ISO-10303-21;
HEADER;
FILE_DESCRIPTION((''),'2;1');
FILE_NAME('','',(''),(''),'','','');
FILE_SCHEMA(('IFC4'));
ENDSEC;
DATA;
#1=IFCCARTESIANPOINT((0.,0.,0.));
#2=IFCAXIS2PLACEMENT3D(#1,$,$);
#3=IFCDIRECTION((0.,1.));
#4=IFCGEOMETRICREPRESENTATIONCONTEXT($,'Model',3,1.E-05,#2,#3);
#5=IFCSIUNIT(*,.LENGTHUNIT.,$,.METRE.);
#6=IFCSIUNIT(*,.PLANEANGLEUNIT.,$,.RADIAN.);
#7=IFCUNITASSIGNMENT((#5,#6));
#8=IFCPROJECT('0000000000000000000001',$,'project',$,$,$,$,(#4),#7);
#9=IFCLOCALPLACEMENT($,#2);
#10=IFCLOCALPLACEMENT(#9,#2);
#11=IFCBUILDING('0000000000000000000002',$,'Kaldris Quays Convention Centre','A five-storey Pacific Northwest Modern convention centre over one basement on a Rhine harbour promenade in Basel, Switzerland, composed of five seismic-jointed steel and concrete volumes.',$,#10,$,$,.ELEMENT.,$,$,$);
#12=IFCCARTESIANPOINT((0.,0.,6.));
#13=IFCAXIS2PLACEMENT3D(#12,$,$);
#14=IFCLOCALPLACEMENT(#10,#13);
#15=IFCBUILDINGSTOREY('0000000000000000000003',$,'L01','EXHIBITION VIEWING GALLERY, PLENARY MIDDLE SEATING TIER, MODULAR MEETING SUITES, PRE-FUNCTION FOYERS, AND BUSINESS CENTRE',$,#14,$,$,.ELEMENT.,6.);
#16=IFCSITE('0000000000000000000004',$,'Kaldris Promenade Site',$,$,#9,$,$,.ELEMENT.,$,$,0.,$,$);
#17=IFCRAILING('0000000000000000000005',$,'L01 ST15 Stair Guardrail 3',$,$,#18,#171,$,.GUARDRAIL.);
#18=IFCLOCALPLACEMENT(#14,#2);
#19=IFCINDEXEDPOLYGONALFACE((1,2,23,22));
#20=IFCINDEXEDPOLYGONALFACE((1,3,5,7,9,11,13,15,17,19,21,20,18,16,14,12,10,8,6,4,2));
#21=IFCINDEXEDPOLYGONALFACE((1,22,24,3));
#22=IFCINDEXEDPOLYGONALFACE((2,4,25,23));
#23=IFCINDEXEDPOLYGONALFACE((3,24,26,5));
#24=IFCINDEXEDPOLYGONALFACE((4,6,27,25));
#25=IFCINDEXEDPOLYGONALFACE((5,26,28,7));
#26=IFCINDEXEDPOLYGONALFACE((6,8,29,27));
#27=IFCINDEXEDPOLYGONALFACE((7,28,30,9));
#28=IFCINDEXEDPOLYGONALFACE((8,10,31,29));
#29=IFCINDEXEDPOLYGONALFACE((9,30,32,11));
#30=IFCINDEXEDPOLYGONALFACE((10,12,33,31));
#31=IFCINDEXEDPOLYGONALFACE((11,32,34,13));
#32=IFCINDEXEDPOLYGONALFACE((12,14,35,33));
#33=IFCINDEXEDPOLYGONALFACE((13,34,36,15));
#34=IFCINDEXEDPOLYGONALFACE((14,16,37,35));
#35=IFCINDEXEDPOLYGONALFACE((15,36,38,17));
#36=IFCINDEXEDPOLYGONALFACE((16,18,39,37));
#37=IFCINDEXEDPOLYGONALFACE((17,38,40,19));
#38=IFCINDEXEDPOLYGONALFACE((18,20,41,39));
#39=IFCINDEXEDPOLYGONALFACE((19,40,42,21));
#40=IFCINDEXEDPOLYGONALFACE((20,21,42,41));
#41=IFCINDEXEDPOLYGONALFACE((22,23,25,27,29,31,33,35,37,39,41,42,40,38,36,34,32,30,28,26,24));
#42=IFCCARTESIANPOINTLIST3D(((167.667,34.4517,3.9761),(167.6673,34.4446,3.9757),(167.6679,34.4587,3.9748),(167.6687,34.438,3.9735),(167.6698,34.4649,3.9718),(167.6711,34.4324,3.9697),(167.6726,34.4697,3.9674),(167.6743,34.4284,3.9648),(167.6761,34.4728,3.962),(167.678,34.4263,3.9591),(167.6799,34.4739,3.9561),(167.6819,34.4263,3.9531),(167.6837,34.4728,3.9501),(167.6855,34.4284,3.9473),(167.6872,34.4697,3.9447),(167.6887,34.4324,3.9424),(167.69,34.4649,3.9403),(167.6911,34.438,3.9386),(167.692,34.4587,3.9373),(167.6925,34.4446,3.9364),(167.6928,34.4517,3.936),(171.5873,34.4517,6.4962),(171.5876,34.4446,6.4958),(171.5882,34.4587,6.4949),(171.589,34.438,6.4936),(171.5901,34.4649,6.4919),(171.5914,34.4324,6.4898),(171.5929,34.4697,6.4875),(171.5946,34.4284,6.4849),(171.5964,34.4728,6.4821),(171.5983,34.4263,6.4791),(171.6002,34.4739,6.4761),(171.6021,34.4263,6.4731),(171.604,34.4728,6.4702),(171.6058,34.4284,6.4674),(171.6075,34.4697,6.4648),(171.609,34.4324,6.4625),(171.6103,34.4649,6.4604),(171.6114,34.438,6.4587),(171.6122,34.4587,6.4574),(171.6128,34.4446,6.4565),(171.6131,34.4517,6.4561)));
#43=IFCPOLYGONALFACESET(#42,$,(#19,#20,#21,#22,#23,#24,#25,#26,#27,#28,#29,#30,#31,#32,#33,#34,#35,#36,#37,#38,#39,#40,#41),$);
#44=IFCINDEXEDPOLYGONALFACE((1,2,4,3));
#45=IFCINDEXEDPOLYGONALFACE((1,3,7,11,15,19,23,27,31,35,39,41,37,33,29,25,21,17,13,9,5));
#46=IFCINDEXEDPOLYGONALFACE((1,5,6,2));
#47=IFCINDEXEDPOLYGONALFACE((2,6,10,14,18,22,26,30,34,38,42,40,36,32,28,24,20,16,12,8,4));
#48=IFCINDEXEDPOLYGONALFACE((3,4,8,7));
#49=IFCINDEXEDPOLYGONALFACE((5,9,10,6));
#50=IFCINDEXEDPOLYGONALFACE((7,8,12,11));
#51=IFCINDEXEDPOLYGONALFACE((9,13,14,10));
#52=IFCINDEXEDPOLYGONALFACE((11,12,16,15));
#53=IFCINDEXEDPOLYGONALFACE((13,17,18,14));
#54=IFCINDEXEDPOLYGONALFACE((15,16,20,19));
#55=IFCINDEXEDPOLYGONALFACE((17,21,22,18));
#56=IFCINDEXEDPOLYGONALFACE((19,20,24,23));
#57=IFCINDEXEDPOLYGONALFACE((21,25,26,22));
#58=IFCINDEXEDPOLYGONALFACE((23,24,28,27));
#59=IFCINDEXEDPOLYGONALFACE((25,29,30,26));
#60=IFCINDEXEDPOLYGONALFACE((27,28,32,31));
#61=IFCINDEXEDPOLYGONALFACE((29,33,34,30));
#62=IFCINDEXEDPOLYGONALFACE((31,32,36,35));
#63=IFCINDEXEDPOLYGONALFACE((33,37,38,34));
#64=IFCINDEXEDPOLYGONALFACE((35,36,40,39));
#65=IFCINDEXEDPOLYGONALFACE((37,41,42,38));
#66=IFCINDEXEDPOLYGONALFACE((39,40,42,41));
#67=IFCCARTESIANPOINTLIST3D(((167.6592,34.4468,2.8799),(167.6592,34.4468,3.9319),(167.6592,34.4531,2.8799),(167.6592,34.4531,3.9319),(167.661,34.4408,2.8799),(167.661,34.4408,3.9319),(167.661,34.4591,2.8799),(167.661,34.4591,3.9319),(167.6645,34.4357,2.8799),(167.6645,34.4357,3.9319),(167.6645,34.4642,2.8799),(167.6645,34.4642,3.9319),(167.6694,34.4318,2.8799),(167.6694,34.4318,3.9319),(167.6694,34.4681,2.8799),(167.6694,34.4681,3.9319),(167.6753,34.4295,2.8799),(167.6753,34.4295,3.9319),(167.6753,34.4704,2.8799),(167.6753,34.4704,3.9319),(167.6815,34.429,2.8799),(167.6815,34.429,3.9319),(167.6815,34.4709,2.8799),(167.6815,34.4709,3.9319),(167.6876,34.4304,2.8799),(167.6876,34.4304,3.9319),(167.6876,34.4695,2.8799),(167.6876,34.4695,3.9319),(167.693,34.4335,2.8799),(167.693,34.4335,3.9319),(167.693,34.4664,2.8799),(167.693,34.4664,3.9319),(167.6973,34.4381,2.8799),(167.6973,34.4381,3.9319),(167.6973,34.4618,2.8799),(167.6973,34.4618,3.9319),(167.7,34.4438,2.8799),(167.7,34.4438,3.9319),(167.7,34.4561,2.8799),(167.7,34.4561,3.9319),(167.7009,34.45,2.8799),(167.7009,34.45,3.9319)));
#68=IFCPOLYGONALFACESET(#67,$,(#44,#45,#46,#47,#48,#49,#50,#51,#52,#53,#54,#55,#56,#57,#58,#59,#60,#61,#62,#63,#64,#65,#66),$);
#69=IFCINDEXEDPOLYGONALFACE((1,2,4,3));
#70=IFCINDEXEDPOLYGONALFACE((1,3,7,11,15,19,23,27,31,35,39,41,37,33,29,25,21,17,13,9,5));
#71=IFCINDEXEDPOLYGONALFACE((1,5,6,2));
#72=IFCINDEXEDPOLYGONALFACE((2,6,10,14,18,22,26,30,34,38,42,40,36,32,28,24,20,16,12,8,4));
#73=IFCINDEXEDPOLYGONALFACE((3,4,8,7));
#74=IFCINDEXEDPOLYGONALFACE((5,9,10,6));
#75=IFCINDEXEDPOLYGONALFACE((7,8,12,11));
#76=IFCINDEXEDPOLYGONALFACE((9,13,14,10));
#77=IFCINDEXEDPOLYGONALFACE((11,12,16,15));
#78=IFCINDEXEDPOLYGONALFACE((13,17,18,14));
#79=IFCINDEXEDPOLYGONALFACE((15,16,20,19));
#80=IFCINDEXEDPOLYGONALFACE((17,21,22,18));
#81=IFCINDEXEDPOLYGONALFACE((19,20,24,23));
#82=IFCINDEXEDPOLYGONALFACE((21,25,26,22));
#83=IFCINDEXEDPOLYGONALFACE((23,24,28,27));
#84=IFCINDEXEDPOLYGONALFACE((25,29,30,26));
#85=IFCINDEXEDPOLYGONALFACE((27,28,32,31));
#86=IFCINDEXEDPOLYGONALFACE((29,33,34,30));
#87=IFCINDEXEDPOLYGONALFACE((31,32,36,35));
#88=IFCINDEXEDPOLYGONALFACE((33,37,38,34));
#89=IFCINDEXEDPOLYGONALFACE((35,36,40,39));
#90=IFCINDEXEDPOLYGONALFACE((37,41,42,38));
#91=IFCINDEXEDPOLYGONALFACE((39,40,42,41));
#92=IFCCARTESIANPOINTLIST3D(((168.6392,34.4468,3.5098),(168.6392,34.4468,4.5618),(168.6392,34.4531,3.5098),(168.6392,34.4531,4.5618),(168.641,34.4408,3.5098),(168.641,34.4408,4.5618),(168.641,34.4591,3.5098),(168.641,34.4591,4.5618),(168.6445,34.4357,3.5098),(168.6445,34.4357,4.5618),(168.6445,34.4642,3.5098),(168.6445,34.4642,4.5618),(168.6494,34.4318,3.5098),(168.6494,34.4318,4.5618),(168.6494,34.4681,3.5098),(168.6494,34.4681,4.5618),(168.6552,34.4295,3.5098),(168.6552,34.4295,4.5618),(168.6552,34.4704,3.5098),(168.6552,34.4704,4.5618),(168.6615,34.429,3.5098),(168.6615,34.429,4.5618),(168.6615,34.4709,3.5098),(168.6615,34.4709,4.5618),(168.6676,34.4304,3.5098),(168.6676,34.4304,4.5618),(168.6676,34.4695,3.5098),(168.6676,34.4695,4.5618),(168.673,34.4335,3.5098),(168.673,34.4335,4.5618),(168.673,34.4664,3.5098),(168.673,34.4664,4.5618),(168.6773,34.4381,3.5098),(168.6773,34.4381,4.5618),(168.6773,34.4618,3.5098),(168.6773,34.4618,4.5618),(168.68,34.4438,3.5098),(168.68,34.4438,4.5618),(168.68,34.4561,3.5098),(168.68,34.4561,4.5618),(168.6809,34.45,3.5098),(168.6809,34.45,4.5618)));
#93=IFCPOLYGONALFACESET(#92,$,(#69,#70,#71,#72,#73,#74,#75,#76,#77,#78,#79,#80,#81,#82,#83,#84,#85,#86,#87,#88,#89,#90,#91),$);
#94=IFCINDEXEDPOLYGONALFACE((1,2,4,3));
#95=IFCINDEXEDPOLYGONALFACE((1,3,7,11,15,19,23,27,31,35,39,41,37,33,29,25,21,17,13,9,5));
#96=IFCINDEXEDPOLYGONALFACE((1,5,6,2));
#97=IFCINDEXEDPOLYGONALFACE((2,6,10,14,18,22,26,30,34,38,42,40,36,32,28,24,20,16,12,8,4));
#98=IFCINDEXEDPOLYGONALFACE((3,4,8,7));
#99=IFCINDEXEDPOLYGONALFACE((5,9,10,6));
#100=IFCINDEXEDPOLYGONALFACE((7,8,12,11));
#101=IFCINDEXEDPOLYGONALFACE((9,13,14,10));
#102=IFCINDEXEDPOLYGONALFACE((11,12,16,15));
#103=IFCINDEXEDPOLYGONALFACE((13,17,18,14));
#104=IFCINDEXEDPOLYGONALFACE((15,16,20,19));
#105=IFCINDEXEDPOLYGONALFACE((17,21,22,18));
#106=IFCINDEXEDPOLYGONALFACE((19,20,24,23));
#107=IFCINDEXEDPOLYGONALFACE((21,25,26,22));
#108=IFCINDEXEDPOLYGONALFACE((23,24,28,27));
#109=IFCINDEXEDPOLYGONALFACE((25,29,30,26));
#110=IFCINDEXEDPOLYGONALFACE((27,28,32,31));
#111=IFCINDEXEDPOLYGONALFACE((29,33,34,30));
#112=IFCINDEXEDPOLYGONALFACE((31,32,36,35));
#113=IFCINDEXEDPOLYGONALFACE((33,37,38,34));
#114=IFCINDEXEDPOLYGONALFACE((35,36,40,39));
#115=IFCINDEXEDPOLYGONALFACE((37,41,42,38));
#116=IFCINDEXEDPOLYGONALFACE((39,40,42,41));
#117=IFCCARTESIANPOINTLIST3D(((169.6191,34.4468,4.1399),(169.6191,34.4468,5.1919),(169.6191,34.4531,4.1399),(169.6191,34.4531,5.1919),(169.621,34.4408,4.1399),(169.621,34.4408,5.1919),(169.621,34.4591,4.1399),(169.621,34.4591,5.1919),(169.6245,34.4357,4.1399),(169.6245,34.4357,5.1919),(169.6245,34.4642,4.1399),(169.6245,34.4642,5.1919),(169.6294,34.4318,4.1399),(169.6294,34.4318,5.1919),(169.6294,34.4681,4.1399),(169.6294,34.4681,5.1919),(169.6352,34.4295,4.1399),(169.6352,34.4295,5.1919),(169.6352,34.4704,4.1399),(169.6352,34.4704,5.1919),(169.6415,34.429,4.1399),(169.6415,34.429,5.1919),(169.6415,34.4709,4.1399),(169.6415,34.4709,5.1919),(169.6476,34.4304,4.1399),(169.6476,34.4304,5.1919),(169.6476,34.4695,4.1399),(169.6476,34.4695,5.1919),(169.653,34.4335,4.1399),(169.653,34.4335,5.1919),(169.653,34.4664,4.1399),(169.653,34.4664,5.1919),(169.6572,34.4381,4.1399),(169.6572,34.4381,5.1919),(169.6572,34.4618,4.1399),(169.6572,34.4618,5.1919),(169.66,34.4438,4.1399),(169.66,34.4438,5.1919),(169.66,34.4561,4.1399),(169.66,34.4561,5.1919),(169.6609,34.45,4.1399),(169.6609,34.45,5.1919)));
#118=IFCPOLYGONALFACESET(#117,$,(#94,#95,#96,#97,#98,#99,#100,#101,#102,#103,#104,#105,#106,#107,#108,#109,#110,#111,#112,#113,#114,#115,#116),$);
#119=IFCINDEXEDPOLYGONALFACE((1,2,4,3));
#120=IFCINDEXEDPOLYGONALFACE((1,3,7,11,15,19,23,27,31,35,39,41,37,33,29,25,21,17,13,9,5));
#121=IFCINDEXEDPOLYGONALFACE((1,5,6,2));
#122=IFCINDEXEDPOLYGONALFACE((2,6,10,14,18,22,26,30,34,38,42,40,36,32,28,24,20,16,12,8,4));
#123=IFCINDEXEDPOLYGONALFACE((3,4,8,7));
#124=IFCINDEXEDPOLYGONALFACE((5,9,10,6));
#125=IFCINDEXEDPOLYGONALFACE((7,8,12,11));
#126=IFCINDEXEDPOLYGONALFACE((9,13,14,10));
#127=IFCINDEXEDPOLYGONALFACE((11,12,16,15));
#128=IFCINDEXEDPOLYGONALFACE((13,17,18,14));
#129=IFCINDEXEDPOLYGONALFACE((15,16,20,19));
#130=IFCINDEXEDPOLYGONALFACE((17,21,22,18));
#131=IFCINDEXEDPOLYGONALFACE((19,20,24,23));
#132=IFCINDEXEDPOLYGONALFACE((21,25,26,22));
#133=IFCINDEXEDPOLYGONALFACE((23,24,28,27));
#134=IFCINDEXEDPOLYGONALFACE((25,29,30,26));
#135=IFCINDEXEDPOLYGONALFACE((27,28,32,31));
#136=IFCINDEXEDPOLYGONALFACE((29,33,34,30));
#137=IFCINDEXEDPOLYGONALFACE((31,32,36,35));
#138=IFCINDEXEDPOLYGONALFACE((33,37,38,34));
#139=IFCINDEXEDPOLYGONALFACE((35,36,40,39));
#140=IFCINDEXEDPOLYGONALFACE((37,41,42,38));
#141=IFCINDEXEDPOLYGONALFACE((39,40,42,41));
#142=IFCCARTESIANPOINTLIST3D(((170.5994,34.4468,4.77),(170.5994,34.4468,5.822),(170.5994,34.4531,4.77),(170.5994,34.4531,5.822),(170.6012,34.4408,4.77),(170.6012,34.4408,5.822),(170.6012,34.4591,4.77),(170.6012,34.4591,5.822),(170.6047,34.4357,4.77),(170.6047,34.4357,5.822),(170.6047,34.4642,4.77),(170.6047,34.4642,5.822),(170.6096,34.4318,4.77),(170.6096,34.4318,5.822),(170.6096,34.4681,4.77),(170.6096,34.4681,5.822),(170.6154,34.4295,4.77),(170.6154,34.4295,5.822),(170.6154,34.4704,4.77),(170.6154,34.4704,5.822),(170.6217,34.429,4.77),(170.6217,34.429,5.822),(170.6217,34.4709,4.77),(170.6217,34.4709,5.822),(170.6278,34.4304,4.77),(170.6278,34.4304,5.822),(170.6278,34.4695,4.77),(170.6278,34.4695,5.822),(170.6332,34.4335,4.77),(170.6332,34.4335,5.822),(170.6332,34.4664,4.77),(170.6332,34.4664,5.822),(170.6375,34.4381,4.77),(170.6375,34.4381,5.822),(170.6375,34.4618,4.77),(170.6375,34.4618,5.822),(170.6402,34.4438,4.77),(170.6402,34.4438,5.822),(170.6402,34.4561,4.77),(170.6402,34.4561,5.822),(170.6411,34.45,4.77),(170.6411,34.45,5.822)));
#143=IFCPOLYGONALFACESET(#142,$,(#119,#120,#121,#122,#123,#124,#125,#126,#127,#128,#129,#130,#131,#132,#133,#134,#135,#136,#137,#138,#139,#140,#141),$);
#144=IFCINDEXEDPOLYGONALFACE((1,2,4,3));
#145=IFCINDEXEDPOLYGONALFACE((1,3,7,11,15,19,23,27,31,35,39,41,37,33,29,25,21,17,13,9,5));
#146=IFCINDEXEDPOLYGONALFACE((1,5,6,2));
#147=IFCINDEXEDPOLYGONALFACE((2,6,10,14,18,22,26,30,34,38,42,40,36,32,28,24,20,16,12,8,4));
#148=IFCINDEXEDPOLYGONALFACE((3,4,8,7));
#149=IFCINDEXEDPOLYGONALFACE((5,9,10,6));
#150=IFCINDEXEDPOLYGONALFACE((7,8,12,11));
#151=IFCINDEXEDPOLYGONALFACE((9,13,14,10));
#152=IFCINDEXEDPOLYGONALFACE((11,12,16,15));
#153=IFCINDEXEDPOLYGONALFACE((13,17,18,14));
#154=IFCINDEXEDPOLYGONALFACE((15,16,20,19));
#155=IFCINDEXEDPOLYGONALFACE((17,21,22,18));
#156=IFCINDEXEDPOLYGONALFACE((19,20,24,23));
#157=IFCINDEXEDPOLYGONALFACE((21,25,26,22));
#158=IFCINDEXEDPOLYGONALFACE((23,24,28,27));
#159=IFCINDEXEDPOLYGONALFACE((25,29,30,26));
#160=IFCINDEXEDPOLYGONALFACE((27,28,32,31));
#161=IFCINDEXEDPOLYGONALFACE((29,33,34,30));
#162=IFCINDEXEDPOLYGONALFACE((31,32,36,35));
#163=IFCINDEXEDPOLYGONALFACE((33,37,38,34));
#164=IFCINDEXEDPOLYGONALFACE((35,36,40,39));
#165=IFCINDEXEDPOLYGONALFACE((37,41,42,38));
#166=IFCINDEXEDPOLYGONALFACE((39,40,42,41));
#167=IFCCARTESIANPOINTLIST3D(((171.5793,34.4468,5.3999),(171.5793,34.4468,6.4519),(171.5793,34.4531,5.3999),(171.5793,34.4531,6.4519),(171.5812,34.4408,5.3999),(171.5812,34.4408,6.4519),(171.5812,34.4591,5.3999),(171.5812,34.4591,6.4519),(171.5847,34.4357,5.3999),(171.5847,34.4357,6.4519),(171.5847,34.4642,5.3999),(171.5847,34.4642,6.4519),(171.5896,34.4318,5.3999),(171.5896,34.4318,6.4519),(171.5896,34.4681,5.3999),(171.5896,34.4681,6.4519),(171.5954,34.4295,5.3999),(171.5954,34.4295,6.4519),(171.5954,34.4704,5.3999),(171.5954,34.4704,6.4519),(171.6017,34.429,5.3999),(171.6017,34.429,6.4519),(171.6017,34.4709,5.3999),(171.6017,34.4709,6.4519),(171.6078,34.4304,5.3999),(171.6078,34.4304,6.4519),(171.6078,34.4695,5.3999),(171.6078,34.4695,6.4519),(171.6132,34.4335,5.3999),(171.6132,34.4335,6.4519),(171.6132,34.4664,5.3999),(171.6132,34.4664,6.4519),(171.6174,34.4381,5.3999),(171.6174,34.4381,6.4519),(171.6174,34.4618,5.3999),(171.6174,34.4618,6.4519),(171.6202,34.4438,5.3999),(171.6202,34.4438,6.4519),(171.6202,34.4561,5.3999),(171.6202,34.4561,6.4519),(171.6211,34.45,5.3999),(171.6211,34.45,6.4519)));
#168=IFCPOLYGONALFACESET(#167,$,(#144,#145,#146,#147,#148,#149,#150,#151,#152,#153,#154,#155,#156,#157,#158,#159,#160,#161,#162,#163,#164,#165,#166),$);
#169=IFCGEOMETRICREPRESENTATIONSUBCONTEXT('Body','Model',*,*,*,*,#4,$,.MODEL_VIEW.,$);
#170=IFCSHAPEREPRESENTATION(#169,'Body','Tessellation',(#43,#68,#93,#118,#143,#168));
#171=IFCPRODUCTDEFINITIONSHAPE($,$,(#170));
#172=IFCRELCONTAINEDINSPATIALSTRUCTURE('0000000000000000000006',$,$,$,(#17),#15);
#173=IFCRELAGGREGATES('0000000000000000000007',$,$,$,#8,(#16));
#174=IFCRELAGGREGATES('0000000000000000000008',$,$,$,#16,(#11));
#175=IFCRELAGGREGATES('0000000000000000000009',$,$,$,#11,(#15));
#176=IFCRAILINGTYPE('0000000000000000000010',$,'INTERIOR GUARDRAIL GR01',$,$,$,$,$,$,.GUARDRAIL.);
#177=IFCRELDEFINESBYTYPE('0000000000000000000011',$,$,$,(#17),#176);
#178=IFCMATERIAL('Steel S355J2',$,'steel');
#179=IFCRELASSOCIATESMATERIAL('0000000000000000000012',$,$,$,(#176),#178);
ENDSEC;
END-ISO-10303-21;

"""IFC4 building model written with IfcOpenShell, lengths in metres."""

from ifc_helpers import new_model, si_unit, direction, frame, origin, origin_2d, place, context, subcontext, project, spatial, circle, extrude, material, type_object, element, save


model = new_model("IFC4")

# Units and contexts
model_context = context("Model", 3, precision=1e-05, world=origin(), true_north=direction((0.0, 1.0)))
body_context = subcontext(model_context, "Body", "Model", "MODEL_VIEW")
ifc_project = project(units=[si_unit("LENGTHUNIT", "METRE"), si_unit("PLANEANGLEUNIT", "RADIAN")], contexts=[model_context])

# Site, building, storey
site_placement = place(None, origin())
site = spatial("IfcSite", under=ifc_project, at=site_placement, Name="Kaldris Promenade Site", CompositionType="ELEMENT", RefElevation=0.0)
building_placement = place(site_placement, origin())
building = spatial("IfcBuilding", under=site, at=building_placement, Name="Kaldris Quays Convention Centre", Description="A five-storey Pacific Northwest Modern convention centre over one basement on a Rhine harbour promenade in Basel, Switzerland, composed of five seismic-jointed steel and concrete volumes.", CompositionType="ELEMENT")
storey_placement = place(building_placement, frame((0.0, 0.0, 6.0)))
storey = spatial("IfcBuildingStorey", under=building, at=storey_placement, Name="L01", Description="EXHIBITION VIEWING GALLERY, PLENARY MIDDLE SEATING TIER, MODULAR MEETING SUITES, PRE-FUNCTION FOYERS, AND BUSINESS CENTRE", CompositionType="ELEMENT", Elevation=6.0)

# Shared definitions
ifc_material_1 = material(Name="Steel S355J2", Category="steel")

# Railing
railing_type_1 = type_object("IfcRailingType", Name="INTERIOR GUARDRAIL GR01", PredefinedType="GUARDRAIL", material=ifc_material_1)
railing_1_placement = place(storey_placement, frame((167.6799, 34.45, 2.8799)))
element("IfcRailing", 1, at=railing_1_placement, inside=storey, type_object=railing_type_1, Name="L01 ST15 Stair Guardrail 3", PredefinedType="GUARDRAIL", context=body_context, shape_type="SweptSolid", body=[
    extrude(circle(Radius=0.0239, at=origin_2d()), frame((0.0, 0.0, 1.0762), z_axis=(0.841187, 0.0, 0.540744), x_axis=(0.0, 1.0, 0.0)), (0.0, 0.0, 1.0), 4.6604),
    extrude(circle(Radius=0.021, at=origin_2d()), origin(), (0.0, 0.0, 1.0), 1.052),
    extrude(circle(Radius=0.021, at=origin_2d()), frame((0.98, 0.0, 0.6299)), (0.0, 0.0, 1.0), 1.052),
    extrude(circle(Radius=0.021, at=origin_2d()), frame((1.96, 0.0, 1.26)), (0.0, 0.0, 1.0), 1.052),
    extrude(circle(Radius=0.021, at=origin_2d()), frame((2.9402, 0.0, 1.8901)), (0.0, 0.0, 1.0), 1.052),
    extrude(circle(Radius=0.021, at=origin_2d()), frame((3.9202, 0.0, 2.52)), (0.0, 0.0, 1.0), 1.052),
])

save(model, "model.ifc")
